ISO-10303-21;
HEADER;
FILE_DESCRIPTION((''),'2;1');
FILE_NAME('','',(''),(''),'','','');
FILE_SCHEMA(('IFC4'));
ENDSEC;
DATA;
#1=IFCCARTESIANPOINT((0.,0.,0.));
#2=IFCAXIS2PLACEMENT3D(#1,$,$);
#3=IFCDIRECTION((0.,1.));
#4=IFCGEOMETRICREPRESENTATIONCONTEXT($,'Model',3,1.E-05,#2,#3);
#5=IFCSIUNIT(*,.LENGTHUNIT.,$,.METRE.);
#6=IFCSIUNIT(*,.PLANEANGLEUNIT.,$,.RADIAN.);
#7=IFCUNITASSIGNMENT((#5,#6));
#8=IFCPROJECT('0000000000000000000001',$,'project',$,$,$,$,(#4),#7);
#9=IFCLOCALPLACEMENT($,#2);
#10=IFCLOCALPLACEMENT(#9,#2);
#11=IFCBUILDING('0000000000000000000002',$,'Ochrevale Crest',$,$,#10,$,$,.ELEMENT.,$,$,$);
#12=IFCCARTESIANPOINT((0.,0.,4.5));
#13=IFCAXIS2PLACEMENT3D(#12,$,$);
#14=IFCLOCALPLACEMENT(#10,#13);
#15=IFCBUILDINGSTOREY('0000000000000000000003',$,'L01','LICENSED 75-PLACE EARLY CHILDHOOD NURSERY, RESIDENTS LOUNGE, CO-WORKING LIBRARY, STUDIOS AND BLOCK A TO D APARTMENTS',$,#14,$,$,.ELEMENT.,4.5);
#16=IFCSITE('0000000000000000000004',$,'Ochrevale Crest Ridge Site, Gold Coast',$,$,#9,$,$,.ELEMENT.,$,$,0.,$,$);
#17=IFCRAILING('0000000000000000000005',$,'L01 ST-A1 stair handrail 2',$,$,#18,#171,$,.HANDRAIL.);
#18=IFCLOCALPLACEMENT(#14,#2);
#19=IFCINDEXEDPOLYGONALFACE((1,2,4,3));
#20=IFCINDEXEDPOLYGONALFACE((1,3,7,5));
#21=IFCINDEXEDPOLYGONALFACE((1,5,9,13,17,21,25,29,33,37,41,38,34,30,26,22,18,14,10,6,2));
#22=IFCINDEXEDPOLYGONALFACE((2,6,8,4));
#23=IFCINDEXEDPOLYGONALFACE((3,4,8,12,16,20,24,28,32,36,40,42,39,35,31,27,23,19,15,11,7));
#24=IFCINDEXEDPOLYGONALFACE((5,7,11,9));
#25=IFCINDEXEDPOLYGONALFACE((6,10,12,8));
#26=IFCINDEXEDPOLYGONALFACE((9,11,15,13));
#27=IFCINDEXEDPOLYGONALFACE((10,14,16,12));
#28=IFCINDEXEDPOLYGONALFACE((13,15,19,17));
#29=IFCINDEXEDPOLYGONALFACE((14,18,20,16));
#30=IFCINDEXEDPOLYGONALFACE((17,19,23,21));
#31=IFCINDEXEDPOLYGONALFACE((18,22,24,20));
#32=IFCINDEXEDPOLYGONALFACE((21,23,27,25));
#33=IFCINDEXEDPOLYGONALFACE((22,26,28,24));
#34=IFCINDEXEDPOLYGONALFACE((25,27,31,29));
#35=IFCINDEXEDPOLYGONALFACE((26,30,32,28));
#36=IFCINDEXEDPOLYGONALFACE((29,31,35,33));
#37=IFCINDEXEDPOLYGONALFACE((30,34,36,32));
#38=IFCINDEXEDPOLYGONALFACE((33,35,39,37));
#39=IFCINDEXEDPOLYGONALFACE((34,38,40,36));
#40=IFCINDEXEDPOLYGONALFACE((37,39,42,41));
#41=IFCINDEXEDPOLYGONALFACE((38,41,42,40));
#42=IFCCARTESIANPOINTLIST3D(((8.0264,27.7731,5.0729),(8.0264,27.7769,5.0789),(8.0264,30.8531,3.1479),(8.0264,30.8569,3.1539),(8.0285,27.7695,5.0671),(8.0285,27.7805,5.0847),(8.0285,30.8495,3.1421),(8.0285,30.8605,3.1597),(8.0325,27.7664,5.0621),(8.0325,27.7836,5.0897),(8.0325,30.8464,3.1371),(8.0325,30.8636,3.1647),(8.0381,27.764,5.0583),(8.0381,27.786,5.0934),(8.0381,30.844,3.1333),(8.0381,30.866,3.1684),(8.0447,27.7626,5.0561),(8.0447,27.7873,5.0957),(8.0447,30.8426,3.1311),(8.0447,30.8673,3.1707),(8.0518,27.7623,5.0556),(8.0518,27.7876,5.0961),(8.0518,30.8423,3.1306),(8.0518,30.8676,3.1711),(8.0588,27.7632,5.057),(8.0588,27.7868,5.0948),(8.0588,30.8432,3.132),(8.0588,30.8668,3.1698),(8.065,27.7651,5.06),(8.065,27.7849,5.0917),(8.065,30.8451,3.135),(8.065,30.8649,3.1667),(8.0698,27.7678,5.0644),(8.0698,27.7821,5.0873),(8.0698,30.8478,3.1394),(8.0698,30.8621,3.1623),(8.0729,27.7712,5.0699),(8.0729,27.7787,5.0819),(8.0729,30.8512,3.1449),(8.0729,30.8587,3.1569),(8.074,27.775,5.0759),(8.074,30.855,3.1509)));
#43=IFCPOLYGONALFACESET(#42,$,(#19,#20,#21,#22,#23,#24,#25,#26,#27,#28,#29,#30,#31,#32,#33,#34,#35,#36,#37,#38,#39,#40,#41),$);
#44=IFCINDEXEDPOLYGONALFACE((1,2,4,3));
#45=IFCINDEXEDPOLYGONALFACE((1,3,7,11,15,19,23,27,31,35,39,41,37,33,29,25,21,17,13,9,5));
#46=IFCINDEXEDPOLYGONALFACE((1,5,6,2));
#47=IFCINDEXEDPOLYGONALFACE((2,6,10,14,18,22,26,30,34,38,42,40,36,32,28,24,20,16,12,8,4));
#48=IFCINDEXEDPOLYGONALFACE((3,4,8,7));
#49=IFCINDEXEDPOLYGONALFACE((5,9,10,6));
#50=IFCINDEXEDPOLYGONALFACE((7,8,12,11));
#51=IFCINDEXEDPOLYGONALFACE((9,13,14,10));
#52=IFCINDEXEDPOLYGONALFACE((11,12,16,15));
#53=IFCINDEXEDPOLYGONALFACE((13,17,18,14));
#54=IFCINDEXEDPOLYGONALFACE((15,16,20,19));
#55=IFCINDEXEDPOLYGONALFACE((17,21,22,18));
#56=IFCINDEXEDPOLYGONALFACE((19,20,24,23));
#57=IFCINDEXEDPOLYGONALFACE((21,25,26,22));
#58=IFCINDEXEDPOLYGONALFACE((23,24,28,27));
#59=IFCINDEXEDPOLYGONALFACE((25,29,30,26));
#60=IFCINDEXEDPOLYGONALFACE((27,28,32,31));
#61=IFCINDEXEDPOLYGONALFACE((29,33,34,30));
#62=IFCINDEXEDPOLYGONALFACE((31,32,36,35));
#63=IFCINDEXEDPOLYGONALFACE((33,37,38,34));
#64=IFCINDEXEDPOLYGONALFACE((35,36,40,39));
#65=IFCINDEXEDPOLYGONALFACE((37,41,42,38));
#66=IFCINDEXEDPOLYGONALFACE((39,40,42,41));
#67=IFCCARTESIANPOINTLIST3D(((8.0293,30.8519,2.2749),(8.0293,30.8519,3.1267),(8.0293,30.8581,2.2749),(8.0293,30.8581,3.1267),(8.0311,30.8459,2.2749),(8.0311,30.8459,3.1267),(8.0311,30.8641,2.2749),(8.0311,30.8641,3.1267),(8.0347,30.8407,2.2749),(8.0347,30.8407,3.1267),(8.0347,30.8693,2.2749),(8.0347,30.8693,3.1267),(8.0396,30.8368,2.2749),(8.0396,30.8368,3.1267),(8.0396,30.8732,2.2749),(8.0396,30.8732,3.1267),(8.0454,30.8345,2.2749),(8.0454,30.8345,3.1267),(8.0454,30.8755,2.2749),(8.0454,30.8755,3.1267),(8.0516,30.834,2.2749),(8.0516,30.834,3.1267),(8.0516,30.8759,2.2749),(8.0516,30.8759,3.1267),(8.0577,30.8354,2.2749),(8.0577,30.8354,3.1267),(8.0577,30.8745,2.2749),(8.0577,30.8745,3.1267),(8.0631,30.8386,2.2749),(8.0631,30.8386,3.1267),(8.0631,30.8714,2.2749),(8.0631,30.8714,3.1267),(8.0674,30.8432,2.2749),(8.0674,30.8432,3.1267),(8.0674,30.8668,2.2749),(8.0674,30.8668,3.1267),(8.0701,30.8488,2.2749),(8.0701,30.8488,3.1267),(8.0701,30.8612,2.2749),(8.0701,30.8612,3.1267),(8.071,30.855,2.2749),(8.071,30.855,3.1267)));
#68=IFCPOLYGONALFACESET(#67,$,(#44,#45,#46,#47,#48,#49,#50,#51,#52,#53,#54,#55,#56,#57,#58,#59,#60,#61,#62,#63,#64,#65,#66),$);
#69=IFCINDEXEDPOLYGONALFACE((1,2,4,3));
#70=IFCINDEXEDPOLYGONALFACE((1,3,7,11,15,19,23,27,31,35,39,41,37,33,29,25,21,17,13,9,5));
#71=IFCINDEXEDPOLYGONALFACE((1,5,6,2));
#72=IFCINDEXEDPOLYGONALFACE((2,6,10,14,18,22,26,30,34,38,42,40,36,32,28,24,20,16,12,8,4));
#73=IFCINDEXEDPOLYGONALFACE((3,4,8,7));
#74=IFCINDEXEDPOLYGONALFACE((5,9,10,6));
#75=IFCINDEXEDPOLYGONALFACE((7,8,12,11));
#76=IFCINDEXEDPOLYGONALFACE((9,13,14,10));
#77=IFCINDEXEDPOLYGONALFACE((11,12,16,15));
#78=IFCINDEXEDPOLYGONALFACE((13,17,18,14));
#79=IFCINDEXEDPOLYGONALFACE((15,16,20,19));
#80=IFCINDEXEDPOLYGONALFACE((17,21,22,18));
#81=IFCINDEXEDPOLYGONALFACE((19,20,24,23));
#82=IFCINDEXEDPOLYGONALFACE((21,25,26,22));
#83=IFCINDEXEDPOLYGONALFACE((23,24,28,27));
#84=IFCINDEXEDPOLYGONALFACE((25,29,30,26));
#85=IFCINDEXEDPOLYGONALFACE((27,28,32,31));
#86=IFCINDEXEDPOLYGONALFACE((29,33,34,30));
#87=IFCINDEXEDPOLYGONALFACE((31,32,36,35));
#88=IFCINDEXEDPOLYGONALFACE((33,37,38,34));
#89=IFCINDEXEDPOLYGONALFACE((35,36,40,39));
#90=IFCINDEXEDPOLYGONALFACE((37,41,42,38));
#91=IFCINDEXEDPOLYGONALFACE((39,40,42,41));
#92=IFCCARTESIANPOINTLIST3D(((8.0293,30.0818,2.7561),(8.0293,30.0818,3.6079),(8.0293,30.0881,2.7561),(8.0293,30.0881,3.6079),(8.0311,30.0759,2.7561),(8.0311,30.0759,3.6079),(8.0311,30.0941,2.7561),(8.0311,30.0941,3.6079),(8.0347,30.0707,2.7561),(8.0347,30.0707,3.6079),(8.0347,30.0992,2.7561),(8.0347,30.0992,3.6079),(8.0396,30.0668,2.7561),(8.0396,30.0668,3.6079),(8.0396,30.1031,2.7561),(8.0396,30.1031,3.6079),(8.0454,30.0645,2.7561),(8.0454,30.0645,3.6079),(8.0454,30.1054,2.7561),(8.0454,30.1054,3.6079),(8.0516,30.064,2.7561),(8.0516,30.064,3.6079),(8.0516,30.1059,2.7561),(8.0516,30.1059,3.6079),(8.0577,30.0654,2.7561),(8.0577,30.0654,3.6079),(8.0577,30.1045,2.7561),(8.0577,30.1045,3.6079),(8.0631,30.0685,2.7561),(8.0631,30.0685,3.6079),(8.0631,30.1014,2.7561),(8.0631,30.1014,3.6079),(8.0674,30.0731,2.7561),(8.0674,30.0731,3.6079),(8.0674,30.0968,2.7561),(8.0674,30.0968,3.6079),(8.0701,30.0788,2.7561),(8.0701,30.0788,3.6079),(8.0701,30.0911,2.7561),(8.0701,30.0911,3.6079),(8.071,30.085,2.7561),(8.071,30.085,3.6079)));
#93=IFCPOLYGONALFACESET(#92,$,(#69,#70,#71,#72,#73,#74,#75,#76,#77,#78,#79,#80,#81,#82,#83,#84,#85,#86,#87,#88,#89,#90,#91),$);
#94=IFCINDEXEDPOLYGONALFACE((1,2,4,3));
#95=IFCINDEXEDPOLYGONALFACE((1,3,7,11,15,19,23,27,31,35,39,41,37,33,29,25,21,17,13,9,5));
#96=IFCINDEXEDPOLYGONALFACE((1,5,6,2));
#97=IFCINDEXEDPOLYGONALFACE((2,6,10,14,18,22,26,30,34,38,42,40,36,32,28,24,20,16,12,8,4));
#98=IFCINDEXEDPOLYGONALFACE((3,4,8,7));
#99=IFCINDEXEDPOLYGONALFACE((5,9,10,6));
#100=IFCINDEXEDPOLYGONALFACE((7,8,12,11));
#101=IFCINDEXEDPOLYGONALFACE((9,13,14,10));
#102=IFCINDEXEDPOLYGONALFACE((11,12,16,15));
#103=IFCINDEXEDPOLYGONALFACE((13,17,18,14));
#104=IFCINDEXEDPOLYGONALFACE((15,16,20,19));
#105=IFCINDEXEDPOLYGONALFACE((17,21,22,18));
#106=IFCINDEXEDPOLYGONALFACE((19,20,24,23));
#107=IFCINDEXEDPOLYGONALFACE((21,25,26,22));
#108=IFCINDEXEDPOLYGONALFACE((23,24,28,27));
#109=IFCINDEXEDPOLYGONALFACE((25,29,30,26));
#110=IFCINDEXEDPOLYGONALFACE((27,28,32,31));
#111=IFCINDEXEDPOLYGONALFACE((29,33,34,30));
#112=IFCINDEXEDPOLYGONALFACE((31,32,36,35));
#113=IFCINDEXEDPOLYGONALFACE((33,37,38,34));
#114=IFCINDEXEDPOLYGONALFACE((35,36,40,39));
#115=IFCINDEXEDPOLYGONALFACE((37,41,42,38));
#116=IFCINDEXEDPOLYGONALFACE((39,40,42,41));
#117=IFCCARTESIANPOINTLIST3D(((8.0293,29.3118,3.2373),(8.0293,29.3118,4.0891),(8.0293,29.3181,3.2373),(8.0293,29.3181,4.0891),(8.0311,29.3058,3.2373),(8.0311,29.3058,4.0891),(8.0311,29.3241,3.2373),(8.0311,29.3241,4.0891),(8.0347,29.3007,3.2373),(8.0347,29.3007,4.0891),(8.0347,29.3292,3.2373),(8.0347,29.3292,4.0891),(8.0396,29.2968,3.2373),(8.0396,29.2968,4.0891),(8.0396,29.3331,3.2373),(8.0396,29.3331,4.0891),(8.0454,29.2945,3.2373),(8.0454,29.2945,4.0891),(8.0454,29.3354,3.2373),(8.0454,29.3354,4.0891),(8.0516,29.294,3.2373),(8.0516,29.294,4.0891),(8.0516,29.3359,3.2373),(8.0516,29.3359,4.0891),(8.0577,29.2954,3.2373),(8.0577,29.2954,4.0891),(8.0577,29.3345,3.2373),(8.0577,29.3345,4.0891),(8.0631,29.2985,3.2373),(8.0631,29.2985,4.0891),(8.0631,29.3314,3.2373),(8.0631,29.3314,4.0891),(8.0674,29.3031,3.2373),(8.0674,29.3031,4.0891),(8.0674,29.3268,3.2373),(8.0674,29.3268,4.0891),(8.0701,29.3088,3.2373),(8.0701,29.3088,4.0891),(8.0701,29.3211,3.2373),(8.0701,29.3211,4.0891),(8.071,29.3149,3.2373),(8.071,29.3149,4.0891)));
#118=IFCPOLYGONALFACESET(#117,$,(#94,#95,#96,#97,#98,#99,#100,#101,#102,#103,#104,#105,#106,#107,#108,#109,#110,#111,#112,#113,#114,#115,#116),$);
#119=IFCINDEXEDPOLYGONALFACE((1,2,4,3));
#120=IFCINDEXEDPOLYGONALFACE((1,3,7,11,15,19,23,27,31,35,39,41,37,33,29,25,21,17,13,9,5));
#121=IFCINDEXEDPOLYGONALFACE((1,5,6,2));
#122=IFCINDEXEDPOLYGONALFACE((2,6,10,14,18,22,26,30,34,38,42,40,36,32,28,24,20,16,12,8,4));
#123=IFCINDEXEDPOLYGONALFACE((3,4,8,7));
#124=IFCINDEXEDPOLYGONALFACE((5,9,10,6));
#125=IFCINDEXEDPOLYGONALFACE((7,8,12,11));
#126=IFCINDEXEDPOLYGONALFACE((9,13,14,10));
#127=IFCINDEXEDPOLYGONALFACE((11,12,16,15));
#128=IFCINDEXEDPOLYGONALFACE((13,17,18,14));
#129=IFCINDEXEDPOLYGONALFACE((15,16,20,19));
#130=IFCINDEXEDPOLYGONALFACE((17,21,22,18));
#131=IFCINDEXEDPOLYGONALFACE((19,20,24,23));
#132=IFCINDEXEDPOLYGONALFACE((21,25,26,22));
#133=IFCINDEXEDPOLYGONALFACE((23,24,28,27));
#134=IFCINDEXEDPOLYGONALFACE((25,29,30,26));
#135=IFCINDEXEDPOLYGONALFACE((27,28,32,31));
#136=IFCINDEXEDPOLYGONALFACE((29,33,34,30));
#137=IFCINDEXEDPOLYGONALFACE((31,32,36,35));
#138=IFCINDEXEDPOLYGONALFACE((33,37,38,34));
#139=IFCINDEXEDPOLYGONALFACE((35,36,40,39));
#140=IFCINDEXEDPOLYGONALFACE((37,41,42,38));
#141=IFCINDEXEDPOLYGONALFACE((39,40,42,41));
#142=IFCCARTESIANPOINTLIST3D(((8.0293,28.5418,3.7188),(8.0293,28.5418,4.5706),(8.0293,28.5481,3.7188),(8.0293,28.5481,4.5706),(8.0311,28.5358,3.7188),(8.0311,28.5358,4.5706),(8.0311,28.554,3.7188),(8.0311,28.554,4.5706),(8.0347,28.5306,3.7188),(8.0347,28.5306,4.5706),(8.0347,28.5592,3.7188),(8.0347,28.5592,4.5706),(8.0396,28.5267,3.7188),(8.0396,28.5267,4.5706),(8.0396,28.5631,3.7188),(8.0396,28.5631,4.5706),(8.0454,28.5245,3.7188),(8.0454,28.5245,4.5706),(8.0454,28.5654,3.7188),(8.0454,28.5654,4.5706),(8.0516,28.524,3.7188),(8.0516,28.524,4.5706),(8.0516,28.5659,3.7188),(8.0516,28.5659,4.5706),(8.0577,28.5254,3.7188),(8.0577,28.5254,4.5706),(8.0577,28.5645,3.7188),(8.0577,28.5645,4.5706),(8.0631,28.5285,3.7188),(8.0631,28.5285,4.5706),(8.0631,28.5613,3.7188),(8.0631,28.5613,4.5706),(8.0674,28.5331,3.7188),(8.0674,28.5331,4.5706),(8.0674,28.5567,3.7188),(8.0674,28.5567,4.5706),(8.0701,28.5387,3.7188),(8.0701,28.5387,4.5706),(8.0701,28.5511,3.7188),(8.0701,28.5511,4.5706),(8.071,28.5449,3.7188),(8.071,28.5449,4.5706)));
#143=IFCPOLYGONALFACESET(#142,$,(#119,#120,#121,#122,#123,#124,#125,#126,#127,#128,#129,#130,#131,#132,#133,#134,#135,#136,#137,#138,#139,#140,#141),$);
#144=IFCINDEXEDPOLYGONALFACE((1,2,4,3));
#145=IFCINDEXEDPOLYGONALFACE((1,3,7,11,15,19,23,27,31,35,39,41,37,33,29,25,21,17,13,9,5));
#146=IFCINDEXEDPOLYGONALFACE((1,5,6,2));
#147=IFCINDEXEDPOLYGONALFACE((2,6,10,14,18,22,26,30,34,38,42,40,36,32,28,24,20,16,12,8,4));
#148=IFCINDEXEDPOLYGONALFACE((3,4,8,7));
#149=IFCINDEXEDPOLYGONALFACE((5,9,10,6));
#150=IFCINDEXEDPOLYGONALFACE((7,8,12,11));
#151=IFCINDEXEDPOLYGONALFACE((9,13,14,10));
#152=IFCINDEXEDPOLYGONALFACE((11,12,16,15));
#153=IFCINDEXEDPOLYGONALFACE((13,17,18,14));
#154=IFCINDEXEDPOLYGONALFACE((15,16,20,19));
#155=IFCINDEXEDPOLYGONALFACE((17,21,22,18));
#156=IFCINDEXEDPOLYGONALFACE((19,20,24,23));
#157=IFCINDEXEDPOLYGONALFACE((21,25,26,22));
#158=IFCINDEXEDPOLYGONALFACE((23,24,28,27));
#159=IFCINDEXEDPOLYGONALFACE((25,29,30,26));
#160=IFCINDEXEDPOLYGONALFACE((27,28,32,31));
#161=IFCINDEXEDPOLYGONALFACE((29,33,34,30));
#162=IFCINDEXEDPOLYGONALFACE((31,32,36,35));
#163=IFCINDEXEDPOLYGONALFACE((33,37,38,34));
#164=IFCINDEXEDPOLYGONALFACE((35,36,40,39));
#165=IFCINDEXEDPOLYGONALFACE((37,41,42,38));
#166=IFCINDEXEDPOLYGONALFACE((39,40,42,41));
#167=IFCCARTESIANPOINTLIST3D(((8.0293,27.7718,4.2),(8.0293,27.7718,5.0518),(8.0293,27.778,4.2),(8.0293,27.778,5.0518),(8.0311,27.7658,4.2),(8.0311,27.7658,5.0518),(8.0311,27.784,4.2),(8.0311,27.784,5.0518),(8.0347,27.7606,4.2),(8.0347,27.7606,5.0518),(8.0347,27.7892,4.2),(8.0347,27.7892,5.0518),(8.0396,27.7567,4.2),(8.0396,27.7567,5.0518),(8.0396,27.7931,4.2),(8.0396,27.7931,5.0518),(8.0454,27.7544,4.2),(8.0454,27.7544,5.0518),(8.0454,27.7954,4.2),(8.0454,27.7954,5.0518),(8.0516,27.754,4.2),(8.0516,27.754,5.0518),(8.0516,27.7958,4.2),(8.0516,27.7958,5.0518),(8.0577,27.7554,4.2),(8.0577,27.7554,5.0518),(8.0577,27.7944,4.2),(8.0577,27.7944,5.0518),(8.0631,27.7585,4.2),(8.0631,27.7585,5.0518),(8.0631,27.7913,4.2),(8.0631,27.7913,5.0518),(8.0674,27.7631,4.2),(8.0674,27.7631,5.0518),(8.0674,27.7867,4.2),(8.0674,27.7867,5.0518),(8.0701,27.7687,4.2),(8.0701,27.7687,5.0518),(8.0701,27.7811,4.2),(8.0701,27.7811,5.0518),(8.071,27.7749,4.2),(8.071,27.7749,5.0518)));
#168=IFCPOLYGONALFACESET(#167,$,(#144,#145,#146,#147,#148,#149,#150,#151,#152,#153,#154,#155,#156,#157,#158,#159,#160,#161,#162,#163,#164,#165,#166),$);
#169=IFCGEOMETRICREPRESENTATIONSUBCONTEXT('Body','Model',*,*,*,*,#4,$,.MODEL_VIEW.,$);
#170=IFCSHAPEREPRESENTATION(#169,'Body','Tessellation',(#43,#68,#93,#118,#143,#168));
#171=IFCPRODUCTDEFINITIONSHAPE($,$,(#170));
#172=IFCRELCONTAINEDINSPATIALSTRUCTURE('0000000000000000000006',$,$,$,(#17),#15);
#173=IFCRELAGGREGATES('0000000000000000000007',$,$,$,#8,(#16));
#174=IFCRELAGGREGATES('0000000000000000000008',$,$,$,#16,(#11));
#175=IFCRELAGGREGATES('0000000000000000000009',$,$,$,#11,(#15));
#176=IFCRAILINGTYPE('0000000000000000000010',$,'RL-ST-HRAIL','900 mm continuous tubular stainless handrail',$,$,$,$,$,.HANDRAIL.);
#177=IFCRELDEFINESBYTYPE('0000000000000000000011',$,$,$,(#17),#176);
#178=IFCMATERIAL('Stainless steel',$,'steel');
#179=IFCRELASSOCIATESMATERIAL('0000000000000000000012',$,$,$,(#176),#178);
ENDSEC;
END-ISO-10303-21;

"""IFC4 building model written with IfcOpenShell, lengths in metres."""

from ifc_helpers import new_model, si_unit, direction, frame, origin, origin_2d, place, context, subcontext, project, spatial, circle, extrude, material, type_object, element, save


model = new_model("IFC4")

# Units and contexts
model_context = context("Model", 3, precision=1e-05, world=origin(), true_north=direction((0.0, 1.0)))
body_context = subcontext(model_context, "Body", "Model", "MODEL_VIEW")
ifc_project = project(units=[si_unit("LENGTHUNIT", "METRE"), si_unit("PLANEANGLEUNIT", "RADIAN")], contexts=[model_context])

# Site, building, storey
site_placement = place(None, origin())
site = spatial("IfcSite", under=ifc_project, at=site_placement, Name="Ochrevale Crest Ridge Site, Gold Coast", CompositionType="ELEMENT", RefElevation=0.0)
building_placement = place(site_placement, origin())
building = spatial("IfcBuilding", under=site, at=building_placement, Name="Ochrevale Crest", CompositionType="ELEMENT")
storey_placement = place(building_placement, frame((0.0, 0.0, 4.5)))
storey = spatial("IfcBuildingStorey", under=building, at=storey_placement, Name="L01", Description="LICENSED 75-PLACE EARLY CHILDHOOD NURSERY, RESIDENTS LOUNGE, CO-WORKING LIBRARY, STUDIOS AND BLOCK A TO D APARTMENTS", CompositionType="ELEMENT", Elevation=4.5)

# Railing
ifc_material_1 = material(Name="Stainless steel", Category="steel")
railing_type_1 = type_object("IfcRailingType", Name="RL-ST-HRAIL", Description="900 mm continuous tubular stainless handrail", PredefinedType="HANDRAIL", material=ifc_material_1)
railing_1_placement = place(storey_placement, frame((8.05, 30.855, 2.2749)))
element("IfcRailing", 1, at=railing_1_placement, inside=storey, type_object=railing_type_1, Name="L01 ST-A1 stair handrail 2", PredefinedType="HANDRAIL", context=body_context, shape_type="SweptSolid", body=[
    extrude(circle(Radius=0.0239, at=origin_2d()), frame((0.0, 0.0, 0.876), z_axis=(0.0, -0.847998, 0.529999), x_axis=(1.0, 0.0, 0.0)), (0.0, 0.0, 1.0), 3.6321),
    extrude(circle(Radius=0.021, at=origin_2d()), origin(), (0.0, 0.0, 1.0), 0.8518),
    extrude(circle(Radius=0.021, at=origin_2d()), frame((0.0, -0.77, 0.4812)), (0.0, 0.0, 1.0), 0.8518),
    extrude(circle(Radius=0.021, at=origin_2d()), frame((0.0, -1.54, 0.9624)), (0.0, 0.0, 1.0), 0.8518),
    extrude(circle(Radius=0.021, at=origin_2d()), frame((0.0, -2.3101, 1.4438)), (0.0, 0.0, 1.0), 0.8518),
    extrude(circle(Radius=0.021, at=origin_2d()), frame((0.0, -3.0801, 1.925)), (0.0, 0.0, 1.0), 0.8518),
])

save(model, "model.ifc")
